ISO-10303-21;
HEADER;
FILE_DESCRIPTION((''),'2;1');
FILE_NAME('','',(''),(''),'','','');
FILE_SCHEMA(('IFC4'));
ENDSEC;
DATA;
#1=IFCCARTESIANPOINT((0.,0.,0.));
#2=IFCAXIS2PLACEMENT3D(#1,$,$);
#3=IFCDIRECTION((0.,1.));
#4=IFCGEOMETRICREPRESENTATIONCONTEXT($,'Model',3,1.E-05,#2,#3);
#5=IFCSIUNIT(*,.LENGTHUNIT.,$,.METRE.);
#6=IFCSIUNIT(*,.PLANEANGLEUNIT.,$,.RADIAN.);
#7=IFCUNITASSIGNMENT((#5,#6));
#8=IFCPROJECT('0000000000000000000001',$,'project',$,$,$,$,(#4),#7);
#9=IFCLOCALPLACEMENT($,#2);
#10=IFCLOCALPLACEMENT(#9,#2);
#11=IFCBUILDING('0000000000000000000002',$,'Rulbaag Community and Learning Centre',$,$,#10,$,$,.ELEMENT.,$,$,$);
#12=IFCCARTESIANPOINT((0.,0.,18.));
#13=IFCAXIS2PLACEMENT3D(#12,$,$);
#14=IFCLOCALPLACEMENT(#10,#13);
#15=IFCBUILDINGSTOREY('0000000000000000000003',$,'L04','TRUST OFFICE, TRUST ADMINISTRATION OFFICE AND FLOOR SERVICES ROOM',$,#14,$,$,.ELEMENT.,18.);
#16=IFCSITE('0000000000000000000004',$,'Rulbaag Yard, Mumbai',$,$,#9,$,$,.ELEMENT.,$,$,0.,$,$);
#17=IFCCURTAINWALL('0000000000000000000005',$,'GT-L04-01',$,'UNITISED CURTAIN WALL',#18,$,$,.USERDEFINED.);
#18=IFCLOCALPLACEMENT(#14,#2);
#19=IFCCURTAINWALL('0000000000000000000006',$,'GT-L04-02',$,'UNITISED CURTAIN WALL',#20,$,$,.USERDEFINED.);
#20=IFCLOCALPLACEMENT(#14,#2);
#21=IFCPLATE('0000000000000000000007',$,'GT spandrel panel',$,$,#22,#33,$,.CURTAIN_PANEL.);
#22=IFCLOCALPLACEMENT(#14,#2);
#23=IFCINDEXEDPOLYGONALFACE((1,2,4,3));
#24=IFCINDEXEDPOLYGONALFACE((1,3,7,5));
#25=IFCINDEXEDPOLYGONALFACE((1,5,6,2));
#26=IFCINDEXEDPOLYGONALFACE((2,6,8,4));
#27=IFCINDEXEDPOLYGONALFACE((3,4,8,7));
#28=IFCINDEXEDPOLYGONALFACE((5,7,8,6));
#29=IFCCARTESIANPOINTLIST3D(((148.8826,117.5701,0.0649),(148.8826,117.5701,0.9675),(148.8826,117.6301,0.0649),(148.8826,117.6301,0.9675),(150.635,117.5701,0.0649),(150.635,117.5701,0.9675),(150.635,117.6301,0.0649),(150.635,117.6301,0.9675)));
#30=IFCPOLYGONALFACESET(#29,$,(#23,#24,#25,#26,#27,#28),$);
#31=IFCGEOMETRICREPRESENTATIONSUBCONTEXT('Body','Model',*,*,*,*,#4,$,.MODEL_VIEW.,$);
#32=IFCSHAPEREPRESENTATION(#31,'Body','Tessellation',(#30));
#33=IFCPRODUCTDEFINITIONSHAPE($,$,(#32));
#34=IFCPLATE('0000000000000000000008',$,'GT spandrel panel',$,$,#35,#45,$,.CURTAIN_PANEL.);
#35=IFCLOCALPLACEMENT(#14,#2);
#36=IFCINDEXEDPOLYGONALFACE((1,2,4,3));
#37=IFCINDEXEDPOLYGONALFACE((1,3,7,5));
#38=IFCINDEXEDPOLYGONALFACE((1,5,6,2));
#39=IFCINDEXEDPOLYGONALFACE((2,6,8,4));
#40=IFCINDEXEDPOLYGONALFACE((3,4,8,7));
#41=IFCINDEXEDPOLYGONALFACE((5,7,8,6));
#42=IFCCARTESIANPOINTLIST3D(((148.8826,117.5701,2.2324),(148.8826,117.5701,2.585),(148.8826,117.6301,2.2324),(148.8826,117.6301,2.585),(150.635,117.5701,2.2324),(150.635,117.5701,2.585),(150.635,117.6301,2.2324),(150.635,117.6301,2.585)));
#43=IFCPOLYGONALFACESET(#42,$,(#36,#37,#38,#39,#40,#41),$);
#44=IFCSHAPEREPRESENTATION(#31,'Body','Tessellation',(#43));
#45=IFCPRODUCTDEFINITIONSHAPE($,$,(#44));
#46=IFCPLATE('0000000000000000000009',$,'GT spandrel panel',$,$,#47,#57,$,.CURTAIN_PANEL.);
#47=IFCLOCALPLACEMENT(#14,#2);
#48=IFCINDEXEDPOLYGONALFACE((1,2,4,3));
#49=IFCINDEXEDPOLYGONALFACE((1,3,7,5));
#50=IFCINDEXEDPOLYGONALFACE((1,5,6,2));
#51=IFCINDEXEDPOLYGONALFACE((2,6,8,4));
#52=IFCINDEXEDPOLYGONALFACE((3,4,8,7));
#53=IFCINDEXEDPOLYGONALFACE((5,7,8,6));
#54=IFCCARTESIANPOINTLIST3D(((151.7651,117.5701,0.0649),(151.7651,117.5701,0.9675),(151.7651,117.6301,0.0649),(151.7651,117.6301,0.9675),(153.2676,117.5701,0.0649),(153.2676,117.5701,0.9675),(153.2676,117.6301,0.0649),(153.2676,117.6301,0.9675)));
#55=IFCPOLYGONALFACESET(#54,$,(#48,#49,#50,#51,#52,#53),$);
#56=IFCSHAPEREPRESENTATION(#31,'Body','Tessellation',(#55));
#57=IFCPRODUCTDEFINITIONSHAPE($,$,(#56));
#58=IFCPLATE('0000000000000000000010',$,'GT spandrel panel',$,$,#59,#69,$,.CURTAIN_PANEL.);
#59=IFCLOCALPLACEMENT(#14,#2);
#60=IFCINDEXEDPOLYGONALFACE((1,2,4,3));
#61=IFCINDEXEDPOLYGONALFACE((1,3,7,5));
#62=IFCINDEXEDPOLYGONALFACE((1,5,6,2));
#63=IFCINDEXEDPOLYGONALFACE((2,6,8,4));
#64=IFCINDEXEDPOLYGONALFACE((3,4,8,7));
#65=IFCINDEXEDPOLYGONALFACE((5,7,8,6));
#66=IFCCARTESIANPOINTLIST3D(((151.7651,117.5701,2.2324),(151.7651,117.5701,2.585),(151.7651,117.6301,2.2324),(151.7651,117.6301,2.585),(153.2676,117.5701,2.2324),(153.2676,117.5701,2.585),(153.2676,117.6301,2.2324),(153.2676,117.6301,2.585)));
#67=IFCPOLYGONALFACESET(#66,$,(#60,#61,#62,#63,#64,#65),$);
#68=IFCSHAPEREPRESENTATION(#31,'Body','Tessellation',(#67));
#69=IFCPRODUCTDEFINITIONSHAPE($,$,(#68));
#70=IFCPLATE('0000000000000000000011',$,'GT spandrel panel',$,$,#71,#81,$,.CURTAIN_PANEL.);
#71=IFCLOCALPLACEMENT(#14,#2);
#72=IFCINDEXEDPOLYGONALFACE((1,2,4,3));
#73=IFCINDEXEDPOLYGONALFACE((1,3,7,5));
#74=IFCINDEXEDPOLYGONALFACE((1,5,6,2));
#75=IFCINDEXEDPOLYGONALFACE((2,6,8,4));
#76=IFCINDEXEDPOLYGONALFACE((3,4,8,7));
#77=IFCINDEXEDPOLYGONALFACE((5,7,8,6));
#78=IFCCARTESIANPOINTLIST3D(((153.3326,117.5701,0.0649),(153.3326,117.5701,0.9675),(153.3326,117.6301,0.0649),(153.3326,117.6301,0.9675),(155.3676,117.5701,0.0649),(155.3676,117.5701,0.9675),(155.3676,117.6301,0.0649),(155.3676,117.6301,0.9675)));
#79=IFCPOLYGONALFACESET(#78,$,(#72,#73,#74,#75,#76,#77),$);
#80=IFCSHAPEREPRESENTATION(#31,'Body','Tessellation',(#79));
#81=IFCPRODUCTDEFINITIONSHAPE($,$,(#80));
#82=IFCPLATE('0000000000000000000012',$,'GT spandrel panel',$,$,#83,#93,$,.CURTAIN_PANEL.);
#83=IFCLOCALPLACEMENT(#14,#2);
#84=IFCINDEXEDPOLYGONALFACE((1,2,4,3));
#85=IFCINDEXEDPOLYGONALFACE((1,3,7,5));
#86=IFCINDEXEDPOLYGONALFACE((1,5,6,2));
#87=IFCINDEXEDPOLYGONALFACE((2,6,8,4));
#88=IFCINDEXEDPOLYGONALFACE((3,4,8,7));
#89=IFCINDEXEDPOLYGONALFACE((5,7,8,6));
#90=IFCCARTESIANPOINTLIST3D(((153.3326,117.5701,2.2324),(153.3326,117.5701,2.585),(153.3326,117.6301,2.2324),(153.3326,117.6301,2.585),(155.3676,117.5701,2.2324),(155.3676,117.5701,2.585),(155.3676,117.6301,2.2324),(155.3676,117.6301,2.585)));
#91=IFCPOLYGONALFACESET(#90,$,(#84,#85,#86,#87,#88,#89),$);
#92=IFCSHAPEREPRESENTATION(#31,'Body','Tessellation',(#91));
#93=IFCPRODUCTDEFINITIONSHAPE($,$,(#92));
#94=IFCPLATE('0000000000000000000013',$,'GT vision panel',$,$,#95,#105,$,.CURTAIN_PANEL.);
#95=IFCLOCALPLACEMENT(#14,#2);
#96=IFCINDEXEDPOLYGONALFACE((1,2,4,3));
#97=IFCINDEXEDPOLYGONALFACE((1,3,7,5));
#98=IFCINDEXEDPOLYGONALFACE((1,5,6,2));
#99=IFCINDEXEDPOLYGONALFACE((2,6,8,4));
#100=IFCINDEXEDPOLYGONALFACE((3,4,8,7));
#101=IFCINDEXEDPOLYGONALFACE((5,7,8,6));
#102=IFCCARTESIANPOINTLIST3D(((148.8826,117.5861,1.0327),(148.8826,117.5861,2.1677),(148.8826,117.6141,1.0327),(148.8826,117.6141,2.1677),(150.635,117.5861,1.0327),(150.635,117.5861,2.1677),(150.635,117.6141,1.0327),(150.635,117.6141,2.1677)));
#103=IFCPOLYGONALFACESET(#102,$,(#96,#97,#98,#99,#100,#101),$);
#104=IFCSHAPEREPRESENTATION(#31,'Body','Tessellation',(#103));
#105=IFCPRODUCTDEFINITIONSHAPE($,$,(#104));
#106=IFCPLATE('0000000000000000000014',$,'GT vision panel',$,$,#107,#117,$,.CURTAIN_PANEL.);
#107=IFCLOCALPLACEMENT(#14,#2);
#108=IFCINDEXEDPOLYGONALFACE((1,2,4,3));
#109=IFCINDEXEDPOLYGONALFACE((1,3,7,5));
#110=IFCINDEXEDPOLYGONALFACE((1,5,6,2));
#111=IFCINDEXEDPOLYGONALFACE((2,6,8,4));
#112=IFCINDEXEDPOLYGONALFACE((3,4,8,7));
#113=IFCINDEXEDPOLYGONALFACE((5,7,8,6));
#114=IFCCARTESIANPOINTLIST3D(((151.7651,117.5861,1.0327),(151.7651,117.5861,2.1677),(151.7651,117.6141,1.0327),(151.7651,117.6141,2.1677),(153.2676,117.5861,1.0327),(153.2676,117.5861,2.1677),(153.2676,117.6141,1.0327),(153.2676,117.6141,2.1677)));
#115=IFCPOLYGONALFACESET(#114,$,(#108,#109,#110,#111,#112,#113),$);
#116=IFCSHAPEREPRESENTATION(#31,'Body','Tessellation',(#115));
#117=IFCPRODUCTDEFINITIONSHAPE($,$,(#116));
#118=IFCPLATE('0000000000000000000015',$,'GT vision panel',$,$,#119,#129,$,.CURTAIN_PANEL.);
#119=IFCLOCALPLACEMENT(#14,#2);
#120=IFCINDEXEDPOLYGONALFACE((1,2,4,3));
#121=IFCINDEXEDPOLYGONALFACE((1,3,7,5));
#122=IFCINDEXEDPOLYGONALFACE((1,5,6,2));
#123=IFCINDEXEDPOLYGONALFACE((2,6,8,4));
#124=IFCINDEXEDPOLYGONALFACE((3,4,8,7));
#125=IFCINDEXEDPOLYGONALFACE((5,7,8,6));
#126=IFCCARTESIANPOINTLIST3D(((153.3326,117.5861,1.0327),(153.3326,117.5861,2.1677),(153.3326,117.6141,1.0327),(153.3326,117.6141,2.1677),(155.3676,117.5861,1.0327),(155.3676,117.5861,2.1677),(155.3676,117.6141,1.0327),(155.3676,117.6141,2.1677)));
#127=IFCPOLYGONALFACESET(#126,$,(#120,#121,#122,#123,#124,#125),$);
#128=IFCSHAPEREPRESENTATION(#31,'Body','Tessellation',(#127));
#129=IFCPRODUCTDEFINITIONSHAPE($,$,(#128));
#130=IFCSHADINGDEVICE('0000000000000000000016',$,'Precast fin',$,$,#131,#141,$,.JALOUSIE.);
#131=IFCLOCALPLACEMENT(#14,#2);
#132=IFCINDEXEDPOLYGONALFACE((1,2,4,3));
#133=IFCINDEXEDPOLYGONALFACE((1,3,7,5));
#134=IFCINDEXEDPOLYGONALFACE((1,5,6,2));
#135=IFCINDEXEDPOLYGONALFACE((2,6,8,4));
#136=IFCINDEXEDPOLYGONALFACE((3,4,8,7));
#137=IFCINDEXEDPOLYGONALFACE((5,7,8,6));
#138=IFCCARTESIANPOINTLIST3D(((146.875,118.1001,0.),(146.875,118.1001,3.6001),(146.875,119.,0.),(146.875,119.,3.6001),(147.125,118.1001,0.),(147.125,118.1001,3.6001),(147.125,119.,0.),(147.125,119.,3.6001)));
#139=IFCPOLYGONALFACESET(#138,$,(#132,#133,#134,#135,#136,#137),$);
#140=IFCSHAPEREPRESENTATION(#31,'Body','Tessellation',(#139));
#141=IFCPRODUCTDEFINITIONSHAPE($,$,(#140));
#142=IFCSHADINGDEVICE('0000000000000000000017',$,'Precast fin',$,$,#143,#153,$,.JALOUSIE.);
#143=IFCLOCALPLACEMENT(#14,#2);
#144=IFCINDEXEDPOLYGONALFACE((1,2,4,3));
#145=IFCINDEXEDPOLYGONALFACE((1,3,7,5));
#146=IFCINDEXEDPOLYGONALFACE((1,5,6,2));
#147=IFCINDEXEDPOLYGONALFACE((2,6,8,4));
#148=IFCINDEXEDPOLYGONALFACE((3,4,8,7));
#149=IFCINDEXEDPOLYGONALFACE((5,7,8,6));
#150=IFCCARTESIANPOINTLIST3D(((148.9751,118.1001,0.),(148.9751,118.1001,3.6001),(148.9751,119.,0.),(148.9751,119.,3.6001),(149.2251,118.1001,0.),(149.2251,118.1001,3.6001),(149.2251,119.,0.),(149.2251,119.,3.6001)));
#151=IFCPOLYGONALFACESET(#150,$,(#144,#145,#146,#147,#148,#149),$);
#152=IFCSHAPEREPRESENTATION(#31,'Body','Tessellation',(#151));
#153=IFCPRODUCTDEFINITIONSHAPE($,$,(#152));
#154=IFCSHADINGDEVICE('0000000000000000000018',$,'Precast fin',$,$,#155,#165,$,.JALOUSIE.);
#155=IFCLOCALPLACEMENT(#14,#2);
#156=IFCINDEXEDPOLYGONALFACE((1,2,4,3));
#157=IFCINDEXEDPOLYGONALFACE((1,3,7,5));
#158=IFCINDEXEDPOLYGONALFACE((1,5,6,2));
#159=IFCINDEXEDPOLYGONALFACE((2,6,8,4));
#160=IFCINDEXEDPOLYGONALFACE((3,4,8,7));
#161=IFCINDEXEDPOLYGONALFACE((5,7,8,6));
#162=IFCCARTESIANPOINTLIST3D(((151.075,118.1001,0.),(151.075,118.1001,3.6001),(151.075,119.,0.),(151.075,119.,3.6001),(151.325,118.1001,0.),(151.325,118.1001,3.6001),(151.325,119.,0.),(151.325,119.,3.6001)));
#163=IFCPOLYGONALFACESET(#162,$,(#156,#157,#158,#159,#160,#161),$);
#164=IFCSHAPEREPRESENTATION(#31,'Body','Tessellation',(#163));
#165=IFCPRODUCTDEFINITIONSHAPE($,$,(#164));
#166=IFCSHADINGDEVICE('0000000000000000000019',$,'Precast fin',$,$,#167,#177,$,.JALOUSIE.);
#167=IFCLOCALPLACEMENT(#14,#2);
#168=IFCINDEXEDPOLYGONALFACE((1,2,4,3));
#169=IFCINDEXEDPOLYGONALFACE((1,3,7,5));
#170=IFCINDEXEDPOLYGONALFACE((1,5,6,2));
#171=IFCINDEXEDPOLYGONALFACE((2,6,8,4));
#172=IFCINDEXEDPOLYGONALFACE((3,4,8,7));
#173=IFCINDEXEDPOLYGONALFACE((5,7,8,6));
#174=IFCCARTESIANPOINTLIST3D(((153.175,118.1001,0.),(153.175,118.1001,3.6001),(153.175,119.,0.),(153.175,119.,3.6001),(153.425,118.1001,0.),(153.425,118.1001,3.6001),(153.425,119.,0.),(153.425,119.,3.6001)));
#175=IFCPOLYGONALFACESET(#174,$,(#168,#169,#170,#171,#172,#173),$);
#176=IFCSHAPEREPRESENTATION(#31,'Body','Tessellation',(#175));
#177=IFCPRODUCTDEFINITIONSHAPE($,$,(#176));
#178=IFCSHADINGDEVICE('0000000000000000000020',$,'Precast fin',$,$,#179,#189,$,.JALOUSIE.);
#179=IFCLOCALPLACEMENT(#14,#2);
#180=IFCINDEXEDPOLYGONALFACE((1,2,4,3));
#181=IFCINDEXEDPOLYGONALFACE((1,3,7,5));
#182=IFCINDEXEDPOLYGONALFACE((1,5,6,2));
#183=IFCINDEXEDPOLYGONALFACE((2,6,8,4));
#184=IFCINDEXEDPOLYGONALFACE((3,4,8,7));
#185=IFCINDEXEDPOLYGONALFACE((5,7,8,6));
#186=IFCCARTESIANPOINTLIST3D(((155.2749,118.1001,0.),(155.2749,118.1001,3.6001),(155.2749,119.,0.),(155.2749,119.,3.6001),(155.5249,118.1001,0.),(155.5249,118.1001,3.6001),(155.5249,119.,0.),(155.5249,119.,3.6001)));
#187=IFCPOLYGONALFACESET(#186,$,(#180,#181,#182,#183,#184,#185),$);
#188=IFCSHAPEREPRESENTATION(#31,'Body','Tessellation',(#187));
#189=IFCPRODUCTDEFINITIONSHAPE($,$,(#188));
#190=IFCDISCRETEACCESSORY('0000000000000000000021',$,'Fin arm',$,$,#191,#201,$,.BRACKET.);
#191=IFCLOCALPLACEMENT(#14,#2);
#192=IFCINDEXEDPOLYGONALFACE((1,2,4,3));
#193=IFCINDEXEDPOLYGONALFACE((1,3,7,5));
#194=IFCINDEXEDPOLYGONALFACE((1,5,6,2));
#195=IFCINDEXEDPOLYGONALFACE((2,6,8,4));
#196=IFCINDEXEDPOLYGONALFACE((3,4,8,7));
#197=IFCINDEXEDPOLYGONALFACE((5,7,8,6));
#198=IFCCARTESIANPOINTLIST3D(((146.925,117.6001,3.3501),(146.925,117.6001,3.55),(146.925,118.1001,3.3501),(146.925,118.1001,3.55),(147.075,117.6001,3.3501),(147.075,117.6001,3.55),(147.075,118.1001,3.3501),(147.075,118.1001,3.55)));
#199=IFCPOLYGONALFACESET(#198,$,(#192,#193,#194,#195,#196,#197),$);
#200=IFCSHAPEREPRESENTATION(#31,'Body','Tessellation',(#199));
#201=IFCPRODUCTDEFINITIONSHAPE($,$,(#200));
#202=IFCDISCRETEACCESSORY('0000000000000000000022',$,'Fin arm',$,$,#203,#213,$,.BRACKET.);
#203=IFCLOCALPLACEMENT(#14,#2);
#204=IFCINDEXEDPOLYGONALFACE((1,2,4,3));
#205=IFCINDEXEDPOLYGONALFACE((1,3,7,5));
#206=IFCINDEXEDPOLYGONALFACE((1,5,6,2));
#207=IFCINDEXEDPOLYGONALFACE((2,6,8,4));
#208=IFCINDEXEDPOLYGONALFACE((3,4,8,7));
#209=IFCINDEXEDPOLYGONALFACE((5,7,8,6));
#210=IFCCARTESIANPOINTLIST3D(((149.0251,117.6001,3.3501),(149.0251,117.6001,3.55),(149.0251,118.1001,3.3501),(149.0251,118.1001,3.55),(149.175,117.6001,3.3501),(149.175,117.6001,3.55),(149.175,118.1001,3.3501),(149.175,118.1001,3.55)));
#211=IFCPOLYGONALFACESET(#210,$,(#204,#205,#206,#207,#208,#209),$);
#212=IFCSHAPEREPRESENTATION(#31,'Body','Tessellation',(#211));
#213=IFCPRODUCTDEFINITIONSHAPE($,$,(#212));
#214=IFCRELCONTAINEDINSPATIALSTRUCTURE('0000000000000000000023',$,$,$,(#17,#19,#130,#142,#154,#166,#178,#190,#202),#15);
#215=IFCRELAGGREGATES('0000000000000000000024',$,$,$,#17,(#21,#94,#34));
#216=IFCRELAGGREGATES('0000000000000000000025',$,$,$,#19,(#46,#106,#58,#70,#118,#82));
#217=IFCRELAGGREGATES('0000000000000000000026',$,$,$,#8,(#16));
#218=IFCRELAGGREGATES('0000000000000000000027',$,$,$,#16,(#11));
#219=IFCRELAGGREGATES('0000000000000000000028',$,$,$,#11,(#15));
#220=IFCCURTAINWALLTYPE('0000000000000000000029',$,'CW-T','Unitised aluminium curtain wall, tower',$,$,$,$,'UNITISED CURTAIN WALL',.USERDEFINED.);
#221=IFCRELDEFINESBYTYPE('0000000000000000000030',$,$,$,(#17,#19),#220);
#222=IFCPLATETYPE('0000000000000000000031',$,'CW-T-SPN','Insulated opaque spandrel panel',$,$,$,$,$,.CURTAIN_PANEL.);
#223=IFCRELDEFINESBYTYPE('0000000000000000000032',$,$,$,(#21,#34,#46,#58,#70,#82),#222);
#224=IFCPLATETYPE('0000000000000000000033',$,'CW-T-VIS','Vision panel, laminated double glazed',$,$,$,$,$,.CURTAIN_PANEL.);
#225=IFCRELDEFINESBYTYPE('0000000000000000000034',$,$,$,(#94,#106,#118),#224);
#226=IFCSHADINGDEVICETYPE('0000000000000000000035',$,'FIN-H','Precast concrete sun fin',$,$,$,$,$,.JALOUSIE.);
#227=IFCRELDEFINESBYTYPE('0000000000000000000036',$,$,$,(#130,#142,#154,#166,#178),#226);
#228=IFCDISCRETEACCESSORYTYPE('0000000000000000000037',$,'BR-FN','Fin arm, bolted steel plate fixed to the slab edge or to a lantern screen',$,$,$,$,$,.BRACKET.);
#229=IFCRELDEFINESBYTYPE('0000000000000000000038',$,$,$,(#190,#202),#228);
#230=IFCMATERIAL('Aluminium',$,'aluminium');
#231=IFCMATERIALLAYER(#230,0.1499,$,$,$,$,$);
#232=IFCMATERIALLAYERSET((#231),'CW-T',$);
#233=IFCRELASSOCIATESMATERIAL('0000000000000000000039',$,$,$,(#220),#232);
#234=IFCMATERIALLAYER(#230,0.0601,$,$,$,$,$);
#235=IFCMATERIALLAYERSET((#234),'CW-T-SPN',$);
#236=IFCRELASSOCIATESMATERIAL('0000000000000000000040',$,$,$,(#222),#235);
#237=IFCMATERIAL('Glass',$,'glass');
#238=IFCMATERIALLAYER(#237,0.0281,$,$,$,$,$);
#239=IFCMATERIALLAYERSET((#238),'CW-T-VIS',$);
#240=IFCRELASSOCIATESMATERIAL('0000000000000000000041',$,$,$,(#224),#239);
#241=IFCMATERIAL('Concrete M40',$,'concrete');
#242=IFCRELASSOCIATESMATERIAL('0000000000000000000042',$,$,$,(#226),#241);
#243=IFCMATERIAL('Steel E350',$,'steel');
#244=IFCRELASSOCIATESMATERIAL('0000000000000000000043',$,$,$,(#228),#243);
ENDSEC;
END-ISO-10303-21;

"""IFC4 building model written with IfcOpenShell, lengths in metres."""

from ifc_helpers import new_model, si_unit, direction, frame, origin, origin_2d, place, context, subcontext, project, spatial, rectangle, extrude, material, layer, layer_set, material_profile, profile_set, type_object, element, aggregate, save


model = new_model("IFC4")

# Units and contexts
model_context = context("Model", 3, precision=1e-05, world=origin(), true_north=direction((0.0, 1.0)))
body_context = subcontext(model_context, "Body", "Model", "MODEL_VIEW")
ifc_project = project(units=[si_unit("LENGTHUNIT", "METRE"), si_unit("PLANEANGLEUNIT", "RADIAN")], contexts=[model_context])

# Site, building, storey
site_placement = place(None, origin())
site = spatial("IfcSite", under=ifc_project, at=site_placement, Name="Rulbaag Yard, Mumbai", CompositionType="ELEMENT", RefElevation=0.0)
building_placement = place(site_placement, origin())
building = spatial("IfcBuilding", under=site, at=building_placement, Name="Rulbaag Community and Learning Centre", CompositionType="ELEMENT")
storey_placement = place(building_placement, frame((0.0, 0.0, 18.0)))
storey = spatial("IfcBuildingStorey", under=building, at=storey_placement, Name="L04", Description="TRUST OFFICE, TRUST ADMINISTRATION OFFICE AND FLOOR SERVICES ROOM", CompositionType="ELEMENT", Elevation=18.0)

# Shared definitions
ifc_material_1 = material(Name="Concrete M40", Category="concrete")

# Curtain wall
ifc_material_2 = material(Name="Aluminium", Category="aluminium")
ifc_layer_1 = layer(ifc_material_2, 0.1499)
ifc_layer_set_1 = layer_set([ifc_layer_1], Name="CW-T")
curtain_wall_type = type_object("IfcCurtainWallType", Name="CW-T", Description="Unitised aluminium curtain wall, tower", ElementType="UNITISED CURTAIN WALL", PredefinedType="USERDEFINED", material=ifc_layer_set_1)
curtain_wall_1_placement = place(storey_placement, origin())
curtain_wall_1 = element("IfcCurtainWall", 1, at=curtain_wall_1_placement, inside=storey, type_object=curtain_wall_type, Name="GT-L04-01", ObjectType="UNITISED CURTAIN WALL", PredefinedType="USERDEFINED")

# Curtain wall
curtain_wall_2_placement = place(storey_placement, origin())
curtain_wall_2 = element("IfcCurtainWall", 2, at=curtain_wall_2_placement, inside=storey, type_object=curtain_wall_type, Name="GT-L04-02", ObjectType="UNITISED CURTAIN WALL", PredefinedType="USERDEFINED")

# Plates
ifc_layer_2 = layer(ifc_material_2, 0.0601)
ifc_layer_set_2 = layer_set([ifc_layer_2], Name="CW-T-SPN")
plate_type_1 = type_object("IfcPlateType", Name="CW-T-SPN", Description="Insulated opaque spandrel panel", PredefinedType="CURTAIN_PANEL", material=ifc_layer_set_2)
plate_1_placement = place(storey_placement, frame((149.7588, 117.6001, 0.0649), z_axis=(0.0, 0.0, 1.0), x_axis=(1.0, 0.0, 0.0)))
plate_1 = element("IfcPlate", 3, at=plate_1_placement, type_object=plate_type_1, Name="GT spandrel panel", PredefinedType="CURTAIN_PANEL", context=body_context, shape_type="SweptSolid", body=[
    extrude(rectangle(XDim=1.7524, YDim=0.0601, at=origin_2d()), origin(), (0.0, 0.0, 1.0), 0.9026),
])
plate_2_placement = place(storey_placement, frame((149.7588, 117.6001, 2.2324), z_axis=(0.0, 0.0, 1.0), x_axis=(1.0, 0.0, 0.0)))
plate_2 = element("IfcPlate", 4, at=plate_2_placement, type_object=plate_type_1, Name="GT spandrel panel", PredefinedType="CURTAIN_PANEL", context=body_context, shape_type="SweptSolid", body=[
    extrude(rectangle(XDim=1.7524, YDim=0.0601, at=origin_2d()), origin(), (0.0, 0.0, 1.0), 0.3525),
])
plate_3_placement = place(storey_placement, frame((152.5164, 117.6001, 0.0649), z_axis=(0.0, 0.0, 1.0), x_axis=(1.0, 0.0, 0.0)))
plate_3 = element("IfcPlate", 5, at=plate_3_placement, type_object=plate_type_1, Name="GT spandrel panel", PredefinedType="CURTAIN_PANEL", context=body_context, shape_type="SweptSolid", body=[
    extrude(rectangle(XDim=1.5024, YDim=0.0601, at=origin_2d()), origin(), (0.0, 0.0, 1.0), 0.9026),
])
plate_4_placement = place(storey_placement, frame((152.5164, 117.6001, 2.2324), z_axis=(0.0, 0.0, 1.0), x_axis=(1.0, 0.0, 0.0)))
plate_4 = element("IfcPlate", 6, at=plate_4_placement, type_object=plate_type_1, Name="GT spandrel panel", PredefinedType="CURTAIN_PANEL", context=body_context, shape_type="SweptSolid", body=[
    extrude(rectangle(XDim=1.5024, YDim=0.0601, at=origin_2d()), origin(), (0.0, 0.0, 1.0), 0.3525),
])
plate_5_placement = place(storey_placement, frame((154.3501, 117.6001, 0.0649), z_axis=(0.0, 0.0, 1.0), x_axis=(1.0, 0.0, 0.0)))
plate_5 = element("IfcPlate", 7, at=plate_5_placement, type_object=plate_type_1, Name="GT spandrel panel", PredefinedType="CURTAIN_PANEL", context=body_context, shape_type="SweptSolid", body=[
    extrude(rectangle(XDim=2.0349, YDim=0.0601, at=origin_2d()), origin(), (0.0, 0.0, 1.0), 0.9026),
])
plate_6_placement = place(storey_placement, frame((154.3501, 117.6001, 2.2324), z_axis=(0.0, 0.0, 1.0), x_axis=(1.0, 0.0, 0.0)))
plate_6 = element("IfcPlate", 8, at=plate_6_placement, type_object=plate_type_1, Name="GT spandrel panel", PredefinedType="CURTAIN_PANEL", context=body_context, shape_type="SweptSolid", body=[
    extrude(rectangle(XDim=2.0349, YDim=0.0601, at=origin_2d()), origin(), (0.0, 0.0, 1.0), 0.3525),
])
ifc_material_3 = material(Name="Glass", Category="glass")
ifc_layer_3 = layer(ifc_material_3, 0.0281)
ifc_layer_set_3 = layer_set([ifc_layer_3], Name="CW-T-VIS")
plate_type_2 = type_object("IfcPlateType", Name="CW-T-VIS", Description="Vision panel, laminated double glazed", PredefinedType="CURTAIN_PANEL", material=ifc_layer_set_3)
plate_7_placement = place(storey_placement, frame((149.7588, 117.6001, 1.0327), z_axis=(0.0, 0.0, 1.0), x_axis=(1.0, 0.0, 0.0)))
plate_7 = element("IfcPlate", 9, at=plate_7_placement, type_object=plate_type_2, Name="GT vision panel", PredefinedType="CURTAIN_PANEL", context=body_context, shape_type="SweptSolid", body=[
    extrude(rectangle(XDim=1.7524, YDim=0.0281, at=origin_2d()), origin(), (0.0, 0.0, 1.0), 1.135),
])
aggregate(curtain_wall_1, [plate_1, plate_7, plate_2])
plate_8_placement = place(storey_placement, frame((152.5164, 117.6001, 1.0327), z_axis=(0.0, 0.0, 1.0), x_axis=(1.0, 0.0, 0.0)))
plate_8 = element("IfcPlate", 10, at=plate_8_placement, type_object=plate_type_2, Name="GT vision panel", PredefinedType="CURTAIN_PANEL", context=body_context, shape_type="SweptSolid", body=[
    extrude(rectangle(XDim=1.5024, YDim=0.0281, at=origin_2d()), origin(), (0.0, 0.0, 1.0), 1.135),
])
plate_9_placement = place(storey_placement, frame((154.3501, 117.6001, 1.0327), z_axis=(0.0, 0.0, 1.0), x_axis=(1.0, 0.0, 0.0)))
plate_9 = element("IfcPlate", 11, at=plate_9_placement, type_object=plate_type_2, Name="GT vision panel", PredefinedType="CURTAIN_PANEL", context=body_context, shape_type="SweptSolid", body=[
    extrude(rectangle(XDim=2.0349, YDim=0.0281, at=origin_2d()), origin(), (0.0, 0.0, 1.0), 1.135),
])
aggregate(curtain_wall_2, [plate_3, plate_8, plate_4, plate_5, plate_9, plate_6])

# Shading devices
ifc_material_profile_1 = material_profile(ifc_material_1, rectangle(XDim=0.25, YDim=0.8999, at=origin_2d()), Name="PC 250x900")
ifc_profile_set_1 = profile_set([ifc_material_profile_1], Name="Concrete M40")
shading_device_type = type_object("IfcShadingDeviceType", Name="FIN-H", Description="Precast concrete sun fin", PredefinedType="JALOUSIE", material=ifc_profile_set_1)
for number, where, z_axis, x_axis, name in (
    (12, (147.0, 118.55, 0.0), (0.0, 0.0, 1.0), (1.0, 0.0, 0.0), "Precast fin"),
    (13, (149.1001, 118.55, 0.0), (0.0, 0.0, 1.0), (1.0, 0.0, 0.0), "Precast fin"),
    (14, (151.2, 118.55, 0.0), (0.0, 0.0, 1.0), (1.0, 0.0, 0.0), "Precast fin"),
    (15, (153.3, 118.55, 0.0), (0.0, 0.0, 1.0), (1.0, 0.0, 0.0), "Precast fin"),
    (16, (155.3999, 118.55, 0.0), (0.0, 0.0, 1.0), (1.0, 0.0, 0.0), "Precast fin"),
):
    element("IfcShadingDevice", number, at=place(storey_placement, frame(where, z_axis=z_axis, x_axis=x_axis)), inside=storey, type_object=shading_device_type, Name=name, PredefinedType="JALOUSIE", context=body_context, shape_type="SweptSolid", body=[
        extrude(rectangle(XDim=0.25, YDim=0.8999, at=origin_2d()), origin(), (0.0, 0.0, 1.0), 3.6001),
    ])

# Discrete accessories
ifc_material_4 = material(Name="Steel E350", Category="steel")
discrete_accessory_type = type_object("IfcDiscreteAccessoryType", Name="BR-FN", Description="Fin arm, bolted steel plate fixed to the slab edge or to a lantern screen", PredefinedType="BRACKET", material=ifc_material_4)
for number, where, z_axis, x_axis, name in (
    (17, (147.0, 117.8501, 3.3501), (0.0, 0.0, 1.0), (1.0, 0.0, 0.0), "Fin arm"),
    (18, (149.1001, 117.8501, 3.3501), (0.0, 0.0, 1.0), (1.0, 0.0, 0.0), "Fin arm"),
):
    element("IfcDiscreteAccessory", number, at=place(storey_placement, frame(where, z_axis=z_axis, x_axis=x_axis)), inside=storey, type_object=discrete_accessory_type, Name=name, PredefinedType="BRACKET", context=body_context, shape_type="SweptSolid", body=[
        extrude(rectangle(XDim=0.1499, YDim=0.5, at=origin_2d()), origin(), (0.0, 0.0, 1.0), 0.2),
    ])

save(model, "model.ifc")
